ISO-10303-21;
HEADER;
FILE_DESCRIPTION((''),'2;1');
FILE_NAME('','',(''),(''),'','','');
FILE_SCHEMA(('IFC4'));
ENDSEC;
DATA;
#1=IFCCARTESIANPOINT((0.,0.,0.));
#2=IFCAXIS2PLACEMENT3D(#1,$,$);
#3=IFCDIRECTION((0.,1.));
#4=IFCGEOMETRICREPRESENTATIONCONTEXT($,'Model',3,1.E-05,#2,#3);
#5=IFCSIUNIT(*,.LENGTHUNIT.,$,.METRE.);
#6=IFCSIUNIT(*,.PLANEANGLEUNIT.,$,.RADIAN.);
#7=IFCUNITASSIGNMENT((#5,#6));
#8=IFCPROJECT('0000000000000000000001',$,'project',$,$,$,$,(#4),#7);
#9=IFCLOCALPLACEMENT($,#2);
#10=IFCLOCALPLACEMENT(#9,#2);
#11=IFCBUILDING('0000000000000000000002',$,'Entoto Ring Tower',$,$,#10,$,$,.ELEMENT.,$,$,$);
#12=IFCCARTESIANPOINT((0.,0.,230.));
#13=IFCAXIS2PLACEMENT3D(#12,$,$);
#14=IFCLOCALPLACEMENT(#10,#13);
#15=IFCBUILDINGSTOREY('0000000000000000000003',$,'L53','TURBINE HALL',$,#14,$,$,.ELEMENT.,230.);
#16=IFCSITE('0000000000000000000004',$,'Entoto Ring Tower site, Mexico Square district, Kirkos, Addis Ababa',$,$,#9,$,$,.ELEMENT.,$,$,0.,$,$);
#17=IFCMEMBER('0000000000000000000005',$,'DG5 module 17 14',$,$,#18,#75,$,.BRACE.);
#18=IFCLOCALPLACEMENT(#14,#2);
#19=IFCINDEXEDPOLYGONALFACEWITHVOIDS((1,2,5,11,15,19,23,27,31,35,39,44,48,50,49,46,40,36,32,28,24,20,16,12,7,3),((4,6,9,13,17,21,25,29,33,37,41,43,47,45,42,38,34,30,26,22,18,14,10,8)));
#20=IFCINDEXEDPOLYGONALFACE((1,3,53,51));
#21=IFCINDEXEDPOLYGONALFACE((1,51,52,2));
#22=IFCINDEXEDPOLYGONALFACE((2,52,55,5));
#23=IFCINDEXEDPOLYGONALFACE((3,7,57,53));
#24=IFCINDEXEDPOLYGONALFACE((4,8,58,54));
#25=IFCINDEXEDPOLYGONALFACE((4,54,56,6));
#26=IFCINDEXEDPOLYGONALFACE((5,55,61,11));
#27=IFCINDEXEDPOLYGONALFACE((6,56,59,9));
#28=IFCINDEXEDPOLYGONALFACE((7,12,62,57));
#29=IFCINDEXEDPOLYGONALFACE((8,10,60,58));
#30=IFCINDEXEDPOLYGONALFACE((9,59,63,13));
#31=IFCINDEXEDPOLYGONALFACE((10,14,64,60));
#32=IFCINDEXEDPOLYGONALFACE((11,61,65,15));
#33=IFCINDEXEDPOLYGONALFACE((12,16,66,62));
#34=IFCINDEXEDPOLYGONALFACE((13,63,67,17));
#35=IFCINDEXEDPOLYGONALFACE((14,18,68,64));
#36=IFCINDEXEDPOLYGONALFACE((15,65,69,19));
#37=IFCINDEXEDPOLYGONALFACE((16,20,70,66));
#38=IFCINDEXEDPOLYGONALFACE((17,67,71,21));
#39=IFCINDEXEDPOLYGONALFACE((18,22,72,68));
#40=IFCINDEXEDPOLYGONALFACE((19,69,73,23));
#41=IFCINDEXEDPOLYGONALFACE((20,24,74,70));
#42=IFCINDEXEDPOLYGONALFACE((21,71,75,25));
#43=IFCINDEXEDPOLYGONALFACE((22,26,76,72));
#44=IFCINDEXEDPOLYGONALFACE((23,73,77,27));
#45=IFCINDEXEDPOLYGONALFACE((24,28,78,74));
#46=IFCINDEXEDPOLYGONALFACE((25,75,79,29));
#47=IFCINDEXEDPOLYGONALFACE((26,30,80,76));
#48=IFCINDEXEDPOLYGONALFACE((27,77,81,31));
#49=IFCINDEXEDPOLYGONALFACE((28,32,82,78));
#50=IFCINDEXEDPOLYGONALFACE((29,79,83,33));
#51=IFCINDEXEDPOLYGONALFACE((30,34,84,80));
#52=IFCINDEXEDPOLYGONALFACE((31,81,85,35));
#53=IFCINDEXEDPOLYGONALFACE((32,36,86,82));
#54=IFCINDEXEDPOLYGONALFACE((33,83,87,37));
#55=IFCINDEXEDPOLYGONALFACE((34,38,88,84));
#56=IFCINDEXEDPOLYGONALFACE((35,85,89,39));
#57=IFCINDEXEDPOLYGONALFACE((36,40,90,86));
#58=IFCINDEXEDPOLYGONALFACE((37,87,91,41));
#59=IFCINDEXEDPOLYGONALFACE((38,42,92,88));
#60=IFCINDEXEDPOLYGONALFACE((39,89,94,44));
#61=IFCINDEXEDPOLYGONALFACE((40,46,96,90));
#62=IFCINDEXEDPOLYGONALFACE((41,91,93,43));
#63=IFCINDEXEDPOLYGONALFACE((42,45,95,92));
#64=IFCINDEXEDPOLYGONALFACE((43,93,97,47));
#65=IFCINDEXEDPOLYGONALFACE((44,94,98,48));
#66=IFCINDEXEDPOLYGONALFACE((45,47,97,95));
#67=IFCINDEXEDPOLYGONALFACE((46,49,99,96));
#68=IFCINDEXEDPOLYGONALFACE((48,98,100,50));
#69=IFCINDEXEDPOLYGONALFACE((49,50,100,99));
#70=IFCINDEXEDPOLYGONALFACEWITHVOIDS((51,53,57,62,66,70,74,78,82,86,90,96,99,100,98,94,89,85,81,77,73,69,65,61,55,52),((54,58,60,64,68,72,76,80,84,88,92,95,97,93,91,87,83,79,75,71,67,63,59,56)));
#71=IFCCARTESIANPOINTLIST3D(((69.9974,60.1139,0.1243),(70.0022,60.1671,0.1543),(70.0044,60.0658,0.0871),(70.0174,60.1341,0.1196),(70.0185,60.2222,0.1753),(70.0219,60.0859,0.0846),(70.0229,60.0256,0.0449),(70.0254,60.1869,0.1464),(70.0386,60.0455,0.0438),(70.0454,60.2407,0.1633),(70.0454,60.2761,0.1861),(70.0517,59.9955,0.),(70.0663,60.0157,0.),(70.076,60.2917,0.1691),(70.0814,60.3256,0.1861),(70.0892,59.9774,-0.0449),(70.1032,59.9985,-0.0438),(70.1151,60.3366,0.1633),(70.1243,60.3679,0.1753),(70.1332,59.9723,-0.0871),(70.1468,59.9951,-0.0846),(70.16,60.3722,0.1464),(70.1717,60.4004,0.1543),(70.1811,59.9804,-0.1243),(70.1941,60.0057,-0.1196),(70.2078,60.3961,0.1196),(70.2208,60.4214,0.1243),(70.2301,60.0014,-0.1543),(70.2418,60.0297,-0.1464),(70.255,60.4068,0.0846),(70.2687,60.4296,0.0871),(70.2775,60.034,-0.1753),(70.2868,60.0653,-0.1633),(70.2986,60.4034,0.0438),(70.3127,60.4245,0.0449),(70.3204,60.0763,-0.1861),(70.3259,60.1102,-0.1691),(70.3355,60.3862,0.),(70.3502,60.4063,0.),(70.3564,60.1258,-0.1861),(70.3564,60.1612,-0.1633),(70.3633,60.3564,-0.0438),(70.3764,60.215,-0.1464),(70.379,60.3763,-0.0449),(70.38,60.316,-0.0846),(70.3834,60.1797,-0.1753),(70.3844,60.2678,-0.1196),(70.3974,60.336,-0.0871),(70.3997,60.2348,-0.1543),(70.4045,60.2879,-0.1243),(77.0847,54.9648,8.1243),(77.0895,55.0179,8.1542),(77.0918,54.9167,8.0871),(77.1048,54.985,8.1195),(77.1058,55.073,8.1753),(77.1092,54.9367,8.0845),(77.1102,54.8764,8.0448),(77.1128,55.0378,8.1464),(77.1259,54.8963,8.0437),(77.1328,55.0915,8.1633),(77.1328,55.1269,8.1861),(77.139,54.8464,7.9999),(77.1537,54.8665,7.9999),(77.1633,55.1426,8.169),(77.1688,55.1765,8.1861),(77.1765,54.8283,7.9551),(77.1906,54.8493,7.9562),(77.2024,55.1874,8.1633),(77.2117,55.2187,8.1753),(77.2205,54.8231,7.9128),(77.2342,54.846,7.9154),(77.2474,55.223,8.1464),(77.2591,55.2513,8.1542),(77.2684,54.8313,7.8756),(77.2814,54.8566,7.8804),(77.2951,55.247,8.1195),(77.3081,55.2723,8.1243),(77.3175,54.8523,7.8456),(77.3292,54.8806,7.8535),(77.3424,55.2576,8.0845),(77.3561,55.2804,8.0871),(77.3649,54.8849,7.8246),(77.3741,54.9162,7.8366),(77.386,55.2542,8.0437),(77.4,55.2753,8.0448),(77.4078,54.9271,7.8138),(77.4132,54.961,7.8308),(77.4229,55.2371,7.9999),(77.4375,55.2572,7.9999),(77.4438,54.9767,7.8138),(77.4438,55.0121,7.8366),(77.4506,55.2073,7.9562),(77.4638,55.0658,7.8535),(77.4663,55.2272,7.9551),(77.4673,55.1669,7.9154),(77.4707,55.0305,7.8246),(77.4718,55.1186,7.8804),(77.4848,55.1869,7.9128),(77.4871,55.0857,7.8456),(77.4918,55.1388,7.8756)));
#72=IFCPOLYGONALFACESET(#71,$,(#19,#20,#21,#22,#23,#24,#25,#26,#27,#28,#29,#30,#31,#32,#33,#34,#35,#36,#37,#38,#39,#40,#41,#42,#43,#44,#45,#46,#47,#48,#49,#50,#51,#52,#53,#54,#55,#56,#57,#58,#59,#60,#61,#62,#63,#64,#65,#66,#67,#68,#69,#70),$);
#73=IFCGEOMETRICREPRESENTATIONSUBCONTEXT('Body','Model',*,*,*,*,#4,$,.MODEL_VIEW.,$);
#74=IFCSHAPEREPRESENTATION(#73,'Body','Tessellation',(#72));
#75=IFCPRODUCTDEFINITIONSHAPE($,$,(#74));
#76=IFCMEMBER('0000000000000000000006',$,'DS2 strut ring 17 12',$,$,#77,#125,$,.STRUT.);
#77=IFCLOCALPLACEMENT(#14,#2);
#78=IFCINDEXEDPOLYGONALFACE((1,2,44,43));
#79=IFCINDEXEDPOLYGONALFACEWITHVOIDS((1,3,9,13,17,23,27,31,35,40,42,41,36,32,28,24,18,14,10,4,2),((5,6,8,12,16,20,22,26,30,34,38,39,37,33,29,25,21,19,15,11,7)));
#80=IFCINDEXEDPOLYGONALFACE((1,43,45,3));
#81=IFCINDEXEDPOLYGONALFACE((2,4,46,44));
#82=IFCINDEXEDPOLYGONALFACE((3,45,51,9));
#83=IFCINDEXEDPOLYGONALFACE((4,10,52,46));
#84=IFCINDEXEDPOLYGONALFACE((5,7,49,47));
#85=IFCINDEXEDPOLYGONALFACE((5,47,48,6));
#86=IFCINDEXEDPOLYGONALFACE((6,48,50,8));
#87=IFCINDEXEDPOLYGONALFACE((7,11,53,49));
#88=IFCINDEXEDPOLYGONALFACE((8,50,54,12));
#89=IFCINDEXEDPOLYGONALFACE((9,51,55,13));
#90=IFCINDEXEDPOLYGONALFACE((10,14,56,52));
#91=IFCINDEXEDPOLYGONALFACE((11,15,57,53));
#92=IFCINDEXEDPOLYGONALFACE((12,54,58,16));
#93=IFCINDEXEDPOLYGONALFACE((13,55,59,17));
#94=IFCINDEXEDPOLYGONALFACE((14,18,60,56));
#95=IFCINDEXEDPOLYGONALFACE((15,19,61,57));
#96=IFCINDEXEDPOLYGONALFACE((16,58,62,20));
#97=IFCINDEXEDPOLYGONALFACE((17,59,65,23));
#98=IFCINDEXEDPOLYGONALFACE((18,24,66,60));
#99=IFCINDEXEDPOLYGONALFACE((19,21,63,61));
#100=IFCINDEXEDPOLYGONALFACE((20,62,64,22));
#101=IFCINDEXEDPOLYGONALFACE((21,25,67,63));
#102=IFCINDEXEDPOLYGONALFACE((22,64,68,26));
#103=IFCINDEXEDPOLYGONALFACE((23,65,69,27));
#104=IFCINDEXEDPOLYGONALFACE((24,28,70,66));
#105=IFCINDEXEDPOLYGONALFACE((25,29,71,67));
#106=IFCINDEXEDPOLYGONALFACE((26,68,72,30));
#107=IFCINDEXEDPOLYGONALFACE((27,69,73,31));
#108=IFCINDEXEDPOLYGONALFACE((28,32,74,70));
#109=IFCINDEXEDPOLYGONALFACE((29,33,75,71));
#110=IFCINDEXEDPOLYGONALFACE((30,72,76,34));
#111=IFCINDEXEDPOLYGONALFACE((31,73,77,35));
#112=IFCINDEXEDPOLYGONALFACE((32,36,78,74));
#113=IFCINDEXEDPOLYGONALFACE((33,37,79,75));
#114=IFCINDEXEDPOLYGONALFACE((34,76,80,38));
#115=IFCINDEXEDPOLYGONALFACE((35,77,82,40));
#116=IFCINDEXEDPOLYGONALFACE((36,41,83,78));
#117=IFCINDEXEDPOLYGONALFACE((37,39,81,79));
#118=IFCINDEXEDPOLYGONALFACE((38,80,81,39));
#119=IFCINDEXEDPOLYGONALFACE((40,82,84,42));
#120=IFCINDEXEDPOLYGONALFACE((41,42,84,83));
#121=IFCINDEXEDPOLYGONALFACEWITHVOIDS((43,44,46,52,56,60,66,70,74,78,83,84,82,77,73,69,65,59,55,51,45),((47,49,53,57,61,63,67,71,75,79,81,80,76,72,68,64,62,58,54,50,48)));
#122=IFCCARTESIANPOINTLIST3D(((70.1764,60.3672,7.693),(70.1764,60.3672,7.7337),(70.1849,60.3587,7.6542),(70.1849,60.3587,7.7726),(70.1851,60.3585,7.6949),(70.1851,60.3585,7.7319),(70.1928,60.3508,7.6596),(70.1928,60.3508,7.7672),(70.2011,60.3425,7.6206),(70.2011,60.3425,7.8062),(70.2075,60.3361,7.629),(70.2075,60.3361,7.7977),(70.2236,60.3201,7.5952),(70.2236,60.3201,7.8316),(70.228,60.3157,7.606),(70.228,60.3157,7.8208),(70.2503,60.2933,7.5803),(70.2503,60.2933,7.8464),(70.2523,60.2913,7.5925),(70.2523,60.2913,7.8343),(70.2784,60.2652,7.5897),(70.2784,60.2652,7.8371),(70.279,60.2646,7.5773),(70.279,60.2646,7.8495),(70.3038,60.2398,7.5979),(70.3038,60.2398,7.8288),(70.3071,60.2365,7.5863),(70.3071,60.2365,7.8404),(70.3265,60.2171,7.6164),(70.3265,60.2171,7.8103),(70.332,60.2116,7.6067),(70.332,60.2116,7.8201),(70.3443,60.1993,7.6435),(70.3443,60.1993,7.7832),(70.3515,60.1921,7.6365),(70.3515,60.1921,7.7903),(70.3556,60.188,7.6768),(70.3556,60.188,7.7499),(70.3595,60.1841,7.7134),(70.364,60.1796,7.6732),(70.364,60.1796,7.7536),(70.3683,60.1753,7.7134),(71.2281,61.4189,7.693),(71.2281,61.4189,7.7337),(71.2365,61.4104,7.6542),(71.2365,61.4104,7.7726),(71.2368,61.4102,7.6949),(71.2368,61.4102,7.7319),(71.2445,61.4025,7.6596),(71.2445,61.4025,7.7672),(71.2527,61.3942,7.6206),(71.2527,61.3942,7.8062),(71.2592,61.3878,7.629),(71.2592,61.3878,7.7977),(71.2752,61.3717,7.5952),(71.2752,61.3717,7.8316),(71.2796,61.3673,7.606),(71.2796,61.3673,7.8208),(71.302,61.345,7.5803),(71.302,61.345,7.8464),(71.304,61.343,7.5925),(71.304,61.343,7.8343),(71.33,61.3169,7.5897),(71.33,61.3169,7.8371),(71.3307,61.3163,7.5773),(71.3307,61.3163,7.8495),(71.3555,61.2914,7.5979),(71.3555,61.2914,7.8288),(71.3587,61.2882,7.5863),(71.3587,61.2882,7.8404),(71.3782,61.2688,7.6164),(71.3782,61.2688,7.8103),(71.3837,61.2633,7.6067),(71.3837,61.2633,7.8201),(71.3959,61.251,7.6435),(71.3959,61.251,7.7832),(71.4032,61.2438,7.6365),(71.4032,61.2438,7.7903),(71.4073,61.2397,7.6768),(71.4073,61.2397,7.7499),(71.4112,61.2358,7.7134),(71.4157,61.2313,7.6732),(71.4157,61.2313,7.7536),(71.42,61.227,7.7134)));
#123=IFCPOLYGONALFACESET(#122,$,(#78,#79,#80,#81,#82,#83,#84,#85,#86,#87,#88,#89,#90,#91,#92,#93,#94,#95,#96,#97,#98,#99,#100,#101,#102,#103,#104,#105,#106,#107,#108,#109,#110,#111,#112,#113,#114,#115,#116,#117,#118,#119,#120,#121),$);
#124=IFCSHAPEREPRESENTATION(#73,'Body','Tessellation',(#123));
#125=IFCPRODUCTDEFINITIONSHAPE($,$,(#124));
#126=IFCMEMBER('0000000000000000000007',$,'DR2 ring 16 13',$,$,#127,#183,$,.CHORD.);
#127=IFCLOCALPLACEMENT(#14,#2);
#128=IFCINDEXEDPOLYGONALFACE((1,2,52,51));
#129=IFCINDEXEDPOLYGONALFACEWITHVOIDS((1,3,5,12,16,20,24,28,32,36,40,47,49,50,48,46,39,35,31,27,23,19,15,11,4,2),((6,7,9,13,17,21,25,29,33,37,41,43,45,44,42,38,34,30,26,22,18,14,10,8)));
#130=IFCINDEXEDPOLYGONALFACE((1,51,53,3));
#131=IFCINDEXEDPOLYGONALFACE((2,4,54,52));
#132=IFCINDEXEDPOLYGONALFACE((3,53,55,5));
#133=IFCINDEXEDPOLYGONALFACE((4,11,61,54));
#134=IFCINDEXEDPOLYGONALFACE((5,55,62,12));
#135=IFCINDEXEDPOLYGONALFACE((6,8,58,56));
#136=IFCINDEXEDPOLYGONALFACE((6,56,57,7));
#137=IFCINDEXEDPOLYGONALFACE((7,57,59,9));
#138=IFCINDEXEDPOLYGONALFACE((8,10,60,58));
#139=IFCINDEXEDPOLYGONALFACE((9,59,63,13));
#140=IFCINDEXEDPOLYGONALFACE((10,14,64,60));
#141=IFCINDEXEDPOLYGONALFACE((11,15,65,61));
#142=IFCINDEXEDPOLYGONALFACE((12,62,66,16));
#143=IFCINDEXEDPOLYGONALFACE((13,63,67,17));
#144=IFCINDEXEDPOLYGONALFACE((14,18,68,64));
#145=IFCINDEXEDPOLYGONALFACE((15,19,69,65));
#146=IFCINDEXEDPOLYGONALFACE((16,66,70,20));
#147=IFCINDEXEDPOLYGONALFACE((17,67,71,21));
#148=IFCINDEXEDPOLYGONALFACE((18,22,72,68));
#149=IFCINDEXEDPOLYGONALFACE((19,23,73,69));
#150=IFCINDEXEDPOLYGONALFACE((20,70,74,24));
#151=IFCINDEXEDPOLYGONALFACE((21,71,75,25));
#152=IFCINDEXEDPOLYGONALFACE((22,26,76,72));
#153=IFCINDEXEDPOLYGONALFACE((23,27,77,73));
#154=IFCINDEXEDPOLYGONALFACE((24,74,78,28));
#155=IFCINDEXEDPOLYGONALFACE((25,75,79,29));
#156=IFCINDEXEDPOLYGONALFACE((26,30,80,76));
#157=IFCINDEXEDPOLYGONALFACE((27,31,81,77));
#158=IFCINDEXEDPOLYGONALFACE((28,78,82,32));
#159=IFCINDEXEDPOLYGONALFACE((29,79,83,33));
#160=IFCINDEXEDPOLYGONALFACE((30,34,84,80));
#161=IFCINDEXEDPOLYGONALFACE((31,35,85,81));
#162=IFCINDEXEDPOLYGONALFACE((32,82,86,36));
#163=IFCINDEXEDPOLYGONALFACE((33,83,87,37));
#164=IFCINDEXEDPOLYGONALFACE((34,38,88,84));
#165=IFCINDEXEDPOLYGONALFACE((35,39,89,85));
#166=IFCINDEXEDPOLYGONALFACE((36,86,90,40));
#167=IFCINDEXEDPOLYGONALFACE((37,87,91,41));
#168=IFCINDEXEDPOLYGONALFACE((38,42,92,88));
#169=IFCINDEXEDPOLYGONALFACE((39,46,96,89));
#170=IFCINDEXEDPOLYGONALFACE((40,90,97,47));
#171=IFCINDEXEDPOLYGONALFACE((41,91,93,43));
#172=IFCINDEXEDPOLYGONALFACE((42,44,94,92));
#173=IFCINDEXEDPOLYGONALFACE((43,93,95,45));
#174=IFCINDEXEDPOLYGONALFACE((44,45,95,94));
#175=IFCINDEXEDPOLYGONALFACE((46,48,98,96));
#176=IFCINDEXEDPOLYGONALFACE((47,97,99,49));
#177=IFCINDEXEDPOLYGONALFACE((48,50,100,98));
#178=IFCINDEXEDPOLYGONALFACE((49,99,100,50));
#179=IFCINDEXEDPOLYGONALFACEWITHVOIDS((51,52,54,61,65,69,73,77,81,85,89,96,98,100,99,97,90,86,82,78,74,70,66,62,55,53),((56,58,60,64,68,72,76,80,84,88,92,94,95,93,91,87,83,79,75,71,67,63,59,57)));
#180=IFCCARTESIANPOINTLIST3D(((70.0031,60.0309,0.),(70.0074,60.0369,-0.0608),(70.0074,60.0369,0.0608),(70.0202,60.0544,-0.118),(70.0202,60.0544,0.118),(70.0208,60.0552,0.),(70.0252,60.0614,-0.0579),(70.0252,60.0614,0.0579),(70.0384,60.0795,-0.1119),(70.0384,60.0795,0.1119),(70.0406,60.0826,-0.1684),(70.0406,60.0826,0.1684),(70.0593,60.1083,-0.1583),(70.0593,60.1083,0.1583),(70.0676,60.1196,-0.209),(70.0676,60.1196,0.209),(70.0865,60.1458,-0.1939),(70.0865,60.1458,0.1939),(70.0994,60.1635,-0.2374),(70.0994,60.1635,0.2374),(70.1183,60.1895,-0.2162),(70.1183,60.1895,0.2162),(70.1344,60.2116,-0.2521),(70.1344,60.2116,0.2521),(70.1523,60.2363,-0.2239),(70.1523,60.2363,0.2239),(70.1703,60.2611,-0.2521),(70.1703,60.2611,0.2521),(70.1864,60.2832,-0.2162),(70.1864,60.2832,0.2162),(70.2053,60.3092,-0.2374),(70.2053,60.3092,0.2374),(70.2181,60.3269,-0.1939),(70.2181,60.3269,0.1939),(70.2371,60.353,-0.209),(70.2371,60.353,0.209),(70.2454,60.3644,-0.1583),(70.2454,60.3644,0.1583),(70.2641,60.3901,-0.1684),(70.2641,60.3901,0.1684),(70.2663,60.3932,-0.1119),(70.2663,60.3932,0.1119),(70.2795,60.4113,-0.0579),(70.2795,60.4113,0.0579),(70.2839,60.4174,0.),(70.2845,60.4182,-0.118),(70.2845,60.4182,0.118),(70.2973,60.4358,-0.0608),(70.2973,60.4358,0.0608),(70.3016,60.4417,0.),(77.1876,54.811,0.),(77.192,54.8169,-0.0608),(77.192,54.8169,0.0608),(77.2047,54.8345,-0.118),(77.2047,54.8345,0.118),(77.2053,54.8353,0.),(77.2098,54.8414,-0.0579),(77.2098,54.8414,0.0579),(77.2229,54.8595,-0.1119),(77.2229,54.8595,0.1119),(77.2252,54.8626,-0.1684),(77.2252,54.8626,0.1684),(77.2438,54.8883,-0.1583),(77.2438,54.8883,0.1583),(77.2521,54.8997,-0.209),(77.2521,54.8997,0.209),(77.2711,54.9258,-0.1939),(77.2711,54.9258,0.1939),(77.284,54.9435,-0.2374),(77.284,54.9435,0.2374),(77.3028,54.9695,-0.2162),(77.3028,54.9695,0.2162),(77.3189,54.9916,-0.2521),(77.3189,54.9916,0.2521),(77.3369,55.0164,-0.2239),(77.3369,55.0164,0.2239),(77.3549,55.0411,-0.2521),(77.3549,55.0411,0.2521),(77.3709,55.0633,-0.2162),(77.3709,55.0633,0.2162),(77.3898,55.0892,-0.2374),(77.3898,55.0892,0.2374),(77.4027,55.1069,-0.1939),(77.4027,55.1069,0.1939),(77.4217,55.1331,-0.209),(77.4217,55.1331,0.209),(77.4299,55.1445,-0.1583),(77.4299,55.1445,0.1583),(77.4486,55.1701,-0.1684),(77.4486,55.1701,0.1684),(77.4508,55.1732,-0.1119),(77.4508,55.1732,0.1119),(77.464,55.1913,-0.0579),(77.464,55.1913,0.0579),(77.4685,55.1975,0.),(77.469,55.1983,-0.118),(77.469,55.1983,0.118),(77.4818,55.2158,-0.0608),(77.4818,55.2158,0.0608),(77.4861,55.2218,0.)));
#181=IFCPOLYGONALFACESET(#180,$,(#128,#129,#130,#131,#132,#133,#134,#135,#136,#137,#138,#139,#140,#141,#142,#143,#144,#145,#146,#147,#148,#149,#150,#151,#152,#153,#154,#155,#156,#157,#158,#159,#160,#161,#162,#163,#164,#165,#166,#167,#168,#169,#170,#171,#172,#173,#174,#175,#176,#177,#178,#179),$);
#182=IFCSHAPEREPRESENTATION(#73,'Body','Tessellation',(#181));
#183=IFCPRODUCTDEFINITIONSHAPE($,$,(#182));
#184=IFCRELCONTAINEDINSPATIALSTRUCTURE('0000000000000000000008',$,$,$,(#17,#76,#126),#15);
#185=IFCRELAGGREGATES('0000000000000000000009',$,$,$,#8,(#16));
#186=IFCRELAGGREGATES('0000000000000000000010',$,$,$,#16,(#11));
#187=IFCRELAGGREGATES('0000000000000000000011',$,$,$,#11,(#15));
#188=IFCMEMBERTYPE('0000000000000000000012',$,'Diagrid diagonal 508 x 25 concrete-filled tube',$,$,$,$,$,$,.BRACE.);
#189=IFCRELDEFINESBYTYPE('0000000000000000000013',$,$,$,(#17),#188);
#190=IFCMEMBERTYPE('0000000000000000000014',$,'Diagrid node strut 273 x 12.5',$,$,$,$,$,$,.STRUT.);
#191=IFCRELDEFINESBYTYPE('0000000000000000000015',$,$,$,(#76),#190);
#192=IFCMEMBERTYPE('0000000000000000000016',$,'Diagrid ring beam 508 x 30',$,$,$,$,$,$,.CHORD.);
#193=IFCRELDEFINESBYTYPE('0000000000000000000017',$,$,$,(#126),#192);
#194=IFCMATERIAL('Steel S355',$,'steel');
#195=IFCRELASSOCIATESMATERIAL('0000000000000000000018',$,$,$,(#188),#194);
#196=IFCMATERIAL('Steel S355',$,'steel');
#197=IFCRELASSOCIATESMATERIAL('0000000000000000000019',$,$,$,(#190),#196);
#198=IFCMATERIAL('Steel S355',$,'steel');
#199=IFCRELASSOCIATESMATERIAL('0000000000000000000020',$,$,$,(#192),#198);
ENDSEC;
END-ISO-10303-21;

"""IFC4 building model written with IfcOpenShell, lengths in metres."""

from ifc_helpers import new_model, si_unit, direction, frame, origin, origin_2d, place, context, subcontext, project, spatial, circle, hollow_circle, extrude, material, material_profile, profile_set, type_object, element, save


model = new_model("IFC4")

# Units and contexts
model_context = context("Model", 3, precision=1e-05, world=origin(), true_north=direction((0.0, 1.0)))
body_context = subcontext(model_context, "Body", "Model", "MODEL_VIEW")
ifc_project = project(units=[si_unit("LENGTHUNIT", "METRE"), si_unit("PLANEANGLEUNIT", "RADIAN")], contexts=[model_context])

# Site, building, storey
site_placement = place(None, origin())
site = spatial("IfcSite", under=ifc_project, at=site_placement, Name="Entoto Ring Tower site, Mexico Square district, Kirkos, Addis Ababa", CompositionType="ELEMENT", RefElevation=0.0)
building_placement = place(site_placement, origin())
building = spatial("IfcBuilding", under=site, at=building_placement, Name="Entoto Ring Tower", CompositionType="ELEMENT")
storey_placement = place(building_placement, frame((0.0, 0.0, 230.0)))
storey = spatial("IfcBuildingStorey", under=building, at=storey_placement, Name="L53", Description="TURBINE HALL", CompositionType="ELEMENT", Elevation=230.0)

# Members
ifc_material_1 = material(Name="Steel S355", Category="steel")
ifc_material_profile_1 = material_profile(ifc_material_1, hollow_circle(Radius=0.2539, WallThickness=0.0249, at=origin_2d()), Name="CHS 508 x 25")
ifc_material_2 = material(Name="Concrete C60/75", Category="concrete")
ifc_material_profile_2 = material_profile(ifc_material_2, circle(Radius=0.229, at=origin_2d()), Name="Concrete C60/75 infill")
ifc_profile_set_1 = profile_set([ifc_material_profile_1, ifc_material_profile_2], Name="Steel S355")
member_type_1 = type_object("IfcMemberType", Name="Diagrid diagonal 508 x 25 concrete-filled tube", PredefinedType="BRACE", material=ifc_profile_set_1)
for number, where, z_axis, x_axis, name in (
    (1, (70.2009, 60.2009, 0.0), (0.597407, -0.434031, 0.674331), (0.587776, 0.809024, 0.0), "DG5 module 17 14"),
):
    element("IfcMember", number, at=place(storey_placement, frame(where, z_axis=z_axis, x_axis=x_axis)), inside=storey, type_object=member_type_1, Name=name, PredefinedType="BRACE", context=body_context, shape_type="SweptSolid", body=[
        extrude(hollow_circle(Radius=0.2539, WallThickness=0.0249, at=origin_2d()), origin(), (0.0, 0.0, 1.0), 11.8635),
    ])
ifc_material_3 = material(Name="Steel S355", Category="steel")
ifc_material_profile_3 = material_profile(ifc_material_3, hollow_circle(Radius=0.1365, WallThickness=0.0125, at=origin_2d()), Name="CHS 273 x 12.5")
ifc_material_4 = material(Name="Concrete C60/75", Category="concrete")
ifc_material_profile_4 = material_profile(ifc_material_4, circle(Radius=0.124, at=origin_2d()), Name="Concrete C60/75 infill")
ifc_profile_set_2 = profile_set([ifc_material_profile_3, ifc_material_profile_4], Name="Steel S355")
member_type_2 = type_object("IfcMemberType", Name="Diagrid node strut 273 x 12.5", PredefinedType="STRUT", material=ifc_profile_set_2)
member_1_placement = place(storey_placement, frame((71.3235, 61.3235, 7.7134), z_axis=(-0.707107, -0.707107, 0.0), x_axis=(0.707107, -0.707107, 0.0)))
element("IfcMember", 2, at=member_1_placement, inside=storey, type_object=member_type_2, Name="DS2 strut ring 17 12", PredefinedType="STRUT", context=body_context, shape_type="SweptSolid", body=[
    extrude(hollow_circle(Radius=0.1365, WallThickness=0.0125, at=origin_2d()), origin(), (0.0, 0.0, 1.0), 1.4873),
])
ifc_material_5 = material(Name="Steel S355", Category="steel")
ifc_material_profile_5 = material_profile(ifc_material_5, hollow_circle(Radius=0.2539, WallThickness=0.03, at=origin_2d()), Name="CHS 508 x 30")
ifc_material_6 = material(Name="Concrete C60/75", Category="concrete")
ifc_material_profile_6 = material_profile(ifc_material_6, circle(Radius=0.2241, at=origin_2d()), Name="Concrete C60/75 infill")
ifc_profile_set_3 = profile_set([ifc_material_profile_5, ifc_material_profile_6], Name="Steel S355")
member_type_3 = type_object("IfcMemberType", Name="Diagrid ring beam 508 x 30", PredefinedType="CHORD", material=ifc_profile_set_3)
member_2_placement = place(storey_placement, frame((70.1523, 60.2363, 0.0), z_axis=(0.809013, -0.587791, 0.0), x_axis=(0.587791, 0.809013, 0.0)))
element("IfcMember", 3, at=member_2_placement, inside=storey, type_object=member_type_3, Name="DR2 ring 16 13", PredefinedType="CHORD", context=body_context, shape_type="SweptSolid", body=[
    extrude(hollow_circle(Radius=0.2539, WallThickness=0.03, at=origin_2d()), origin(), (0.0, 0.0, 1.0), 8.8806),
])

save(model, "model.ifc")
